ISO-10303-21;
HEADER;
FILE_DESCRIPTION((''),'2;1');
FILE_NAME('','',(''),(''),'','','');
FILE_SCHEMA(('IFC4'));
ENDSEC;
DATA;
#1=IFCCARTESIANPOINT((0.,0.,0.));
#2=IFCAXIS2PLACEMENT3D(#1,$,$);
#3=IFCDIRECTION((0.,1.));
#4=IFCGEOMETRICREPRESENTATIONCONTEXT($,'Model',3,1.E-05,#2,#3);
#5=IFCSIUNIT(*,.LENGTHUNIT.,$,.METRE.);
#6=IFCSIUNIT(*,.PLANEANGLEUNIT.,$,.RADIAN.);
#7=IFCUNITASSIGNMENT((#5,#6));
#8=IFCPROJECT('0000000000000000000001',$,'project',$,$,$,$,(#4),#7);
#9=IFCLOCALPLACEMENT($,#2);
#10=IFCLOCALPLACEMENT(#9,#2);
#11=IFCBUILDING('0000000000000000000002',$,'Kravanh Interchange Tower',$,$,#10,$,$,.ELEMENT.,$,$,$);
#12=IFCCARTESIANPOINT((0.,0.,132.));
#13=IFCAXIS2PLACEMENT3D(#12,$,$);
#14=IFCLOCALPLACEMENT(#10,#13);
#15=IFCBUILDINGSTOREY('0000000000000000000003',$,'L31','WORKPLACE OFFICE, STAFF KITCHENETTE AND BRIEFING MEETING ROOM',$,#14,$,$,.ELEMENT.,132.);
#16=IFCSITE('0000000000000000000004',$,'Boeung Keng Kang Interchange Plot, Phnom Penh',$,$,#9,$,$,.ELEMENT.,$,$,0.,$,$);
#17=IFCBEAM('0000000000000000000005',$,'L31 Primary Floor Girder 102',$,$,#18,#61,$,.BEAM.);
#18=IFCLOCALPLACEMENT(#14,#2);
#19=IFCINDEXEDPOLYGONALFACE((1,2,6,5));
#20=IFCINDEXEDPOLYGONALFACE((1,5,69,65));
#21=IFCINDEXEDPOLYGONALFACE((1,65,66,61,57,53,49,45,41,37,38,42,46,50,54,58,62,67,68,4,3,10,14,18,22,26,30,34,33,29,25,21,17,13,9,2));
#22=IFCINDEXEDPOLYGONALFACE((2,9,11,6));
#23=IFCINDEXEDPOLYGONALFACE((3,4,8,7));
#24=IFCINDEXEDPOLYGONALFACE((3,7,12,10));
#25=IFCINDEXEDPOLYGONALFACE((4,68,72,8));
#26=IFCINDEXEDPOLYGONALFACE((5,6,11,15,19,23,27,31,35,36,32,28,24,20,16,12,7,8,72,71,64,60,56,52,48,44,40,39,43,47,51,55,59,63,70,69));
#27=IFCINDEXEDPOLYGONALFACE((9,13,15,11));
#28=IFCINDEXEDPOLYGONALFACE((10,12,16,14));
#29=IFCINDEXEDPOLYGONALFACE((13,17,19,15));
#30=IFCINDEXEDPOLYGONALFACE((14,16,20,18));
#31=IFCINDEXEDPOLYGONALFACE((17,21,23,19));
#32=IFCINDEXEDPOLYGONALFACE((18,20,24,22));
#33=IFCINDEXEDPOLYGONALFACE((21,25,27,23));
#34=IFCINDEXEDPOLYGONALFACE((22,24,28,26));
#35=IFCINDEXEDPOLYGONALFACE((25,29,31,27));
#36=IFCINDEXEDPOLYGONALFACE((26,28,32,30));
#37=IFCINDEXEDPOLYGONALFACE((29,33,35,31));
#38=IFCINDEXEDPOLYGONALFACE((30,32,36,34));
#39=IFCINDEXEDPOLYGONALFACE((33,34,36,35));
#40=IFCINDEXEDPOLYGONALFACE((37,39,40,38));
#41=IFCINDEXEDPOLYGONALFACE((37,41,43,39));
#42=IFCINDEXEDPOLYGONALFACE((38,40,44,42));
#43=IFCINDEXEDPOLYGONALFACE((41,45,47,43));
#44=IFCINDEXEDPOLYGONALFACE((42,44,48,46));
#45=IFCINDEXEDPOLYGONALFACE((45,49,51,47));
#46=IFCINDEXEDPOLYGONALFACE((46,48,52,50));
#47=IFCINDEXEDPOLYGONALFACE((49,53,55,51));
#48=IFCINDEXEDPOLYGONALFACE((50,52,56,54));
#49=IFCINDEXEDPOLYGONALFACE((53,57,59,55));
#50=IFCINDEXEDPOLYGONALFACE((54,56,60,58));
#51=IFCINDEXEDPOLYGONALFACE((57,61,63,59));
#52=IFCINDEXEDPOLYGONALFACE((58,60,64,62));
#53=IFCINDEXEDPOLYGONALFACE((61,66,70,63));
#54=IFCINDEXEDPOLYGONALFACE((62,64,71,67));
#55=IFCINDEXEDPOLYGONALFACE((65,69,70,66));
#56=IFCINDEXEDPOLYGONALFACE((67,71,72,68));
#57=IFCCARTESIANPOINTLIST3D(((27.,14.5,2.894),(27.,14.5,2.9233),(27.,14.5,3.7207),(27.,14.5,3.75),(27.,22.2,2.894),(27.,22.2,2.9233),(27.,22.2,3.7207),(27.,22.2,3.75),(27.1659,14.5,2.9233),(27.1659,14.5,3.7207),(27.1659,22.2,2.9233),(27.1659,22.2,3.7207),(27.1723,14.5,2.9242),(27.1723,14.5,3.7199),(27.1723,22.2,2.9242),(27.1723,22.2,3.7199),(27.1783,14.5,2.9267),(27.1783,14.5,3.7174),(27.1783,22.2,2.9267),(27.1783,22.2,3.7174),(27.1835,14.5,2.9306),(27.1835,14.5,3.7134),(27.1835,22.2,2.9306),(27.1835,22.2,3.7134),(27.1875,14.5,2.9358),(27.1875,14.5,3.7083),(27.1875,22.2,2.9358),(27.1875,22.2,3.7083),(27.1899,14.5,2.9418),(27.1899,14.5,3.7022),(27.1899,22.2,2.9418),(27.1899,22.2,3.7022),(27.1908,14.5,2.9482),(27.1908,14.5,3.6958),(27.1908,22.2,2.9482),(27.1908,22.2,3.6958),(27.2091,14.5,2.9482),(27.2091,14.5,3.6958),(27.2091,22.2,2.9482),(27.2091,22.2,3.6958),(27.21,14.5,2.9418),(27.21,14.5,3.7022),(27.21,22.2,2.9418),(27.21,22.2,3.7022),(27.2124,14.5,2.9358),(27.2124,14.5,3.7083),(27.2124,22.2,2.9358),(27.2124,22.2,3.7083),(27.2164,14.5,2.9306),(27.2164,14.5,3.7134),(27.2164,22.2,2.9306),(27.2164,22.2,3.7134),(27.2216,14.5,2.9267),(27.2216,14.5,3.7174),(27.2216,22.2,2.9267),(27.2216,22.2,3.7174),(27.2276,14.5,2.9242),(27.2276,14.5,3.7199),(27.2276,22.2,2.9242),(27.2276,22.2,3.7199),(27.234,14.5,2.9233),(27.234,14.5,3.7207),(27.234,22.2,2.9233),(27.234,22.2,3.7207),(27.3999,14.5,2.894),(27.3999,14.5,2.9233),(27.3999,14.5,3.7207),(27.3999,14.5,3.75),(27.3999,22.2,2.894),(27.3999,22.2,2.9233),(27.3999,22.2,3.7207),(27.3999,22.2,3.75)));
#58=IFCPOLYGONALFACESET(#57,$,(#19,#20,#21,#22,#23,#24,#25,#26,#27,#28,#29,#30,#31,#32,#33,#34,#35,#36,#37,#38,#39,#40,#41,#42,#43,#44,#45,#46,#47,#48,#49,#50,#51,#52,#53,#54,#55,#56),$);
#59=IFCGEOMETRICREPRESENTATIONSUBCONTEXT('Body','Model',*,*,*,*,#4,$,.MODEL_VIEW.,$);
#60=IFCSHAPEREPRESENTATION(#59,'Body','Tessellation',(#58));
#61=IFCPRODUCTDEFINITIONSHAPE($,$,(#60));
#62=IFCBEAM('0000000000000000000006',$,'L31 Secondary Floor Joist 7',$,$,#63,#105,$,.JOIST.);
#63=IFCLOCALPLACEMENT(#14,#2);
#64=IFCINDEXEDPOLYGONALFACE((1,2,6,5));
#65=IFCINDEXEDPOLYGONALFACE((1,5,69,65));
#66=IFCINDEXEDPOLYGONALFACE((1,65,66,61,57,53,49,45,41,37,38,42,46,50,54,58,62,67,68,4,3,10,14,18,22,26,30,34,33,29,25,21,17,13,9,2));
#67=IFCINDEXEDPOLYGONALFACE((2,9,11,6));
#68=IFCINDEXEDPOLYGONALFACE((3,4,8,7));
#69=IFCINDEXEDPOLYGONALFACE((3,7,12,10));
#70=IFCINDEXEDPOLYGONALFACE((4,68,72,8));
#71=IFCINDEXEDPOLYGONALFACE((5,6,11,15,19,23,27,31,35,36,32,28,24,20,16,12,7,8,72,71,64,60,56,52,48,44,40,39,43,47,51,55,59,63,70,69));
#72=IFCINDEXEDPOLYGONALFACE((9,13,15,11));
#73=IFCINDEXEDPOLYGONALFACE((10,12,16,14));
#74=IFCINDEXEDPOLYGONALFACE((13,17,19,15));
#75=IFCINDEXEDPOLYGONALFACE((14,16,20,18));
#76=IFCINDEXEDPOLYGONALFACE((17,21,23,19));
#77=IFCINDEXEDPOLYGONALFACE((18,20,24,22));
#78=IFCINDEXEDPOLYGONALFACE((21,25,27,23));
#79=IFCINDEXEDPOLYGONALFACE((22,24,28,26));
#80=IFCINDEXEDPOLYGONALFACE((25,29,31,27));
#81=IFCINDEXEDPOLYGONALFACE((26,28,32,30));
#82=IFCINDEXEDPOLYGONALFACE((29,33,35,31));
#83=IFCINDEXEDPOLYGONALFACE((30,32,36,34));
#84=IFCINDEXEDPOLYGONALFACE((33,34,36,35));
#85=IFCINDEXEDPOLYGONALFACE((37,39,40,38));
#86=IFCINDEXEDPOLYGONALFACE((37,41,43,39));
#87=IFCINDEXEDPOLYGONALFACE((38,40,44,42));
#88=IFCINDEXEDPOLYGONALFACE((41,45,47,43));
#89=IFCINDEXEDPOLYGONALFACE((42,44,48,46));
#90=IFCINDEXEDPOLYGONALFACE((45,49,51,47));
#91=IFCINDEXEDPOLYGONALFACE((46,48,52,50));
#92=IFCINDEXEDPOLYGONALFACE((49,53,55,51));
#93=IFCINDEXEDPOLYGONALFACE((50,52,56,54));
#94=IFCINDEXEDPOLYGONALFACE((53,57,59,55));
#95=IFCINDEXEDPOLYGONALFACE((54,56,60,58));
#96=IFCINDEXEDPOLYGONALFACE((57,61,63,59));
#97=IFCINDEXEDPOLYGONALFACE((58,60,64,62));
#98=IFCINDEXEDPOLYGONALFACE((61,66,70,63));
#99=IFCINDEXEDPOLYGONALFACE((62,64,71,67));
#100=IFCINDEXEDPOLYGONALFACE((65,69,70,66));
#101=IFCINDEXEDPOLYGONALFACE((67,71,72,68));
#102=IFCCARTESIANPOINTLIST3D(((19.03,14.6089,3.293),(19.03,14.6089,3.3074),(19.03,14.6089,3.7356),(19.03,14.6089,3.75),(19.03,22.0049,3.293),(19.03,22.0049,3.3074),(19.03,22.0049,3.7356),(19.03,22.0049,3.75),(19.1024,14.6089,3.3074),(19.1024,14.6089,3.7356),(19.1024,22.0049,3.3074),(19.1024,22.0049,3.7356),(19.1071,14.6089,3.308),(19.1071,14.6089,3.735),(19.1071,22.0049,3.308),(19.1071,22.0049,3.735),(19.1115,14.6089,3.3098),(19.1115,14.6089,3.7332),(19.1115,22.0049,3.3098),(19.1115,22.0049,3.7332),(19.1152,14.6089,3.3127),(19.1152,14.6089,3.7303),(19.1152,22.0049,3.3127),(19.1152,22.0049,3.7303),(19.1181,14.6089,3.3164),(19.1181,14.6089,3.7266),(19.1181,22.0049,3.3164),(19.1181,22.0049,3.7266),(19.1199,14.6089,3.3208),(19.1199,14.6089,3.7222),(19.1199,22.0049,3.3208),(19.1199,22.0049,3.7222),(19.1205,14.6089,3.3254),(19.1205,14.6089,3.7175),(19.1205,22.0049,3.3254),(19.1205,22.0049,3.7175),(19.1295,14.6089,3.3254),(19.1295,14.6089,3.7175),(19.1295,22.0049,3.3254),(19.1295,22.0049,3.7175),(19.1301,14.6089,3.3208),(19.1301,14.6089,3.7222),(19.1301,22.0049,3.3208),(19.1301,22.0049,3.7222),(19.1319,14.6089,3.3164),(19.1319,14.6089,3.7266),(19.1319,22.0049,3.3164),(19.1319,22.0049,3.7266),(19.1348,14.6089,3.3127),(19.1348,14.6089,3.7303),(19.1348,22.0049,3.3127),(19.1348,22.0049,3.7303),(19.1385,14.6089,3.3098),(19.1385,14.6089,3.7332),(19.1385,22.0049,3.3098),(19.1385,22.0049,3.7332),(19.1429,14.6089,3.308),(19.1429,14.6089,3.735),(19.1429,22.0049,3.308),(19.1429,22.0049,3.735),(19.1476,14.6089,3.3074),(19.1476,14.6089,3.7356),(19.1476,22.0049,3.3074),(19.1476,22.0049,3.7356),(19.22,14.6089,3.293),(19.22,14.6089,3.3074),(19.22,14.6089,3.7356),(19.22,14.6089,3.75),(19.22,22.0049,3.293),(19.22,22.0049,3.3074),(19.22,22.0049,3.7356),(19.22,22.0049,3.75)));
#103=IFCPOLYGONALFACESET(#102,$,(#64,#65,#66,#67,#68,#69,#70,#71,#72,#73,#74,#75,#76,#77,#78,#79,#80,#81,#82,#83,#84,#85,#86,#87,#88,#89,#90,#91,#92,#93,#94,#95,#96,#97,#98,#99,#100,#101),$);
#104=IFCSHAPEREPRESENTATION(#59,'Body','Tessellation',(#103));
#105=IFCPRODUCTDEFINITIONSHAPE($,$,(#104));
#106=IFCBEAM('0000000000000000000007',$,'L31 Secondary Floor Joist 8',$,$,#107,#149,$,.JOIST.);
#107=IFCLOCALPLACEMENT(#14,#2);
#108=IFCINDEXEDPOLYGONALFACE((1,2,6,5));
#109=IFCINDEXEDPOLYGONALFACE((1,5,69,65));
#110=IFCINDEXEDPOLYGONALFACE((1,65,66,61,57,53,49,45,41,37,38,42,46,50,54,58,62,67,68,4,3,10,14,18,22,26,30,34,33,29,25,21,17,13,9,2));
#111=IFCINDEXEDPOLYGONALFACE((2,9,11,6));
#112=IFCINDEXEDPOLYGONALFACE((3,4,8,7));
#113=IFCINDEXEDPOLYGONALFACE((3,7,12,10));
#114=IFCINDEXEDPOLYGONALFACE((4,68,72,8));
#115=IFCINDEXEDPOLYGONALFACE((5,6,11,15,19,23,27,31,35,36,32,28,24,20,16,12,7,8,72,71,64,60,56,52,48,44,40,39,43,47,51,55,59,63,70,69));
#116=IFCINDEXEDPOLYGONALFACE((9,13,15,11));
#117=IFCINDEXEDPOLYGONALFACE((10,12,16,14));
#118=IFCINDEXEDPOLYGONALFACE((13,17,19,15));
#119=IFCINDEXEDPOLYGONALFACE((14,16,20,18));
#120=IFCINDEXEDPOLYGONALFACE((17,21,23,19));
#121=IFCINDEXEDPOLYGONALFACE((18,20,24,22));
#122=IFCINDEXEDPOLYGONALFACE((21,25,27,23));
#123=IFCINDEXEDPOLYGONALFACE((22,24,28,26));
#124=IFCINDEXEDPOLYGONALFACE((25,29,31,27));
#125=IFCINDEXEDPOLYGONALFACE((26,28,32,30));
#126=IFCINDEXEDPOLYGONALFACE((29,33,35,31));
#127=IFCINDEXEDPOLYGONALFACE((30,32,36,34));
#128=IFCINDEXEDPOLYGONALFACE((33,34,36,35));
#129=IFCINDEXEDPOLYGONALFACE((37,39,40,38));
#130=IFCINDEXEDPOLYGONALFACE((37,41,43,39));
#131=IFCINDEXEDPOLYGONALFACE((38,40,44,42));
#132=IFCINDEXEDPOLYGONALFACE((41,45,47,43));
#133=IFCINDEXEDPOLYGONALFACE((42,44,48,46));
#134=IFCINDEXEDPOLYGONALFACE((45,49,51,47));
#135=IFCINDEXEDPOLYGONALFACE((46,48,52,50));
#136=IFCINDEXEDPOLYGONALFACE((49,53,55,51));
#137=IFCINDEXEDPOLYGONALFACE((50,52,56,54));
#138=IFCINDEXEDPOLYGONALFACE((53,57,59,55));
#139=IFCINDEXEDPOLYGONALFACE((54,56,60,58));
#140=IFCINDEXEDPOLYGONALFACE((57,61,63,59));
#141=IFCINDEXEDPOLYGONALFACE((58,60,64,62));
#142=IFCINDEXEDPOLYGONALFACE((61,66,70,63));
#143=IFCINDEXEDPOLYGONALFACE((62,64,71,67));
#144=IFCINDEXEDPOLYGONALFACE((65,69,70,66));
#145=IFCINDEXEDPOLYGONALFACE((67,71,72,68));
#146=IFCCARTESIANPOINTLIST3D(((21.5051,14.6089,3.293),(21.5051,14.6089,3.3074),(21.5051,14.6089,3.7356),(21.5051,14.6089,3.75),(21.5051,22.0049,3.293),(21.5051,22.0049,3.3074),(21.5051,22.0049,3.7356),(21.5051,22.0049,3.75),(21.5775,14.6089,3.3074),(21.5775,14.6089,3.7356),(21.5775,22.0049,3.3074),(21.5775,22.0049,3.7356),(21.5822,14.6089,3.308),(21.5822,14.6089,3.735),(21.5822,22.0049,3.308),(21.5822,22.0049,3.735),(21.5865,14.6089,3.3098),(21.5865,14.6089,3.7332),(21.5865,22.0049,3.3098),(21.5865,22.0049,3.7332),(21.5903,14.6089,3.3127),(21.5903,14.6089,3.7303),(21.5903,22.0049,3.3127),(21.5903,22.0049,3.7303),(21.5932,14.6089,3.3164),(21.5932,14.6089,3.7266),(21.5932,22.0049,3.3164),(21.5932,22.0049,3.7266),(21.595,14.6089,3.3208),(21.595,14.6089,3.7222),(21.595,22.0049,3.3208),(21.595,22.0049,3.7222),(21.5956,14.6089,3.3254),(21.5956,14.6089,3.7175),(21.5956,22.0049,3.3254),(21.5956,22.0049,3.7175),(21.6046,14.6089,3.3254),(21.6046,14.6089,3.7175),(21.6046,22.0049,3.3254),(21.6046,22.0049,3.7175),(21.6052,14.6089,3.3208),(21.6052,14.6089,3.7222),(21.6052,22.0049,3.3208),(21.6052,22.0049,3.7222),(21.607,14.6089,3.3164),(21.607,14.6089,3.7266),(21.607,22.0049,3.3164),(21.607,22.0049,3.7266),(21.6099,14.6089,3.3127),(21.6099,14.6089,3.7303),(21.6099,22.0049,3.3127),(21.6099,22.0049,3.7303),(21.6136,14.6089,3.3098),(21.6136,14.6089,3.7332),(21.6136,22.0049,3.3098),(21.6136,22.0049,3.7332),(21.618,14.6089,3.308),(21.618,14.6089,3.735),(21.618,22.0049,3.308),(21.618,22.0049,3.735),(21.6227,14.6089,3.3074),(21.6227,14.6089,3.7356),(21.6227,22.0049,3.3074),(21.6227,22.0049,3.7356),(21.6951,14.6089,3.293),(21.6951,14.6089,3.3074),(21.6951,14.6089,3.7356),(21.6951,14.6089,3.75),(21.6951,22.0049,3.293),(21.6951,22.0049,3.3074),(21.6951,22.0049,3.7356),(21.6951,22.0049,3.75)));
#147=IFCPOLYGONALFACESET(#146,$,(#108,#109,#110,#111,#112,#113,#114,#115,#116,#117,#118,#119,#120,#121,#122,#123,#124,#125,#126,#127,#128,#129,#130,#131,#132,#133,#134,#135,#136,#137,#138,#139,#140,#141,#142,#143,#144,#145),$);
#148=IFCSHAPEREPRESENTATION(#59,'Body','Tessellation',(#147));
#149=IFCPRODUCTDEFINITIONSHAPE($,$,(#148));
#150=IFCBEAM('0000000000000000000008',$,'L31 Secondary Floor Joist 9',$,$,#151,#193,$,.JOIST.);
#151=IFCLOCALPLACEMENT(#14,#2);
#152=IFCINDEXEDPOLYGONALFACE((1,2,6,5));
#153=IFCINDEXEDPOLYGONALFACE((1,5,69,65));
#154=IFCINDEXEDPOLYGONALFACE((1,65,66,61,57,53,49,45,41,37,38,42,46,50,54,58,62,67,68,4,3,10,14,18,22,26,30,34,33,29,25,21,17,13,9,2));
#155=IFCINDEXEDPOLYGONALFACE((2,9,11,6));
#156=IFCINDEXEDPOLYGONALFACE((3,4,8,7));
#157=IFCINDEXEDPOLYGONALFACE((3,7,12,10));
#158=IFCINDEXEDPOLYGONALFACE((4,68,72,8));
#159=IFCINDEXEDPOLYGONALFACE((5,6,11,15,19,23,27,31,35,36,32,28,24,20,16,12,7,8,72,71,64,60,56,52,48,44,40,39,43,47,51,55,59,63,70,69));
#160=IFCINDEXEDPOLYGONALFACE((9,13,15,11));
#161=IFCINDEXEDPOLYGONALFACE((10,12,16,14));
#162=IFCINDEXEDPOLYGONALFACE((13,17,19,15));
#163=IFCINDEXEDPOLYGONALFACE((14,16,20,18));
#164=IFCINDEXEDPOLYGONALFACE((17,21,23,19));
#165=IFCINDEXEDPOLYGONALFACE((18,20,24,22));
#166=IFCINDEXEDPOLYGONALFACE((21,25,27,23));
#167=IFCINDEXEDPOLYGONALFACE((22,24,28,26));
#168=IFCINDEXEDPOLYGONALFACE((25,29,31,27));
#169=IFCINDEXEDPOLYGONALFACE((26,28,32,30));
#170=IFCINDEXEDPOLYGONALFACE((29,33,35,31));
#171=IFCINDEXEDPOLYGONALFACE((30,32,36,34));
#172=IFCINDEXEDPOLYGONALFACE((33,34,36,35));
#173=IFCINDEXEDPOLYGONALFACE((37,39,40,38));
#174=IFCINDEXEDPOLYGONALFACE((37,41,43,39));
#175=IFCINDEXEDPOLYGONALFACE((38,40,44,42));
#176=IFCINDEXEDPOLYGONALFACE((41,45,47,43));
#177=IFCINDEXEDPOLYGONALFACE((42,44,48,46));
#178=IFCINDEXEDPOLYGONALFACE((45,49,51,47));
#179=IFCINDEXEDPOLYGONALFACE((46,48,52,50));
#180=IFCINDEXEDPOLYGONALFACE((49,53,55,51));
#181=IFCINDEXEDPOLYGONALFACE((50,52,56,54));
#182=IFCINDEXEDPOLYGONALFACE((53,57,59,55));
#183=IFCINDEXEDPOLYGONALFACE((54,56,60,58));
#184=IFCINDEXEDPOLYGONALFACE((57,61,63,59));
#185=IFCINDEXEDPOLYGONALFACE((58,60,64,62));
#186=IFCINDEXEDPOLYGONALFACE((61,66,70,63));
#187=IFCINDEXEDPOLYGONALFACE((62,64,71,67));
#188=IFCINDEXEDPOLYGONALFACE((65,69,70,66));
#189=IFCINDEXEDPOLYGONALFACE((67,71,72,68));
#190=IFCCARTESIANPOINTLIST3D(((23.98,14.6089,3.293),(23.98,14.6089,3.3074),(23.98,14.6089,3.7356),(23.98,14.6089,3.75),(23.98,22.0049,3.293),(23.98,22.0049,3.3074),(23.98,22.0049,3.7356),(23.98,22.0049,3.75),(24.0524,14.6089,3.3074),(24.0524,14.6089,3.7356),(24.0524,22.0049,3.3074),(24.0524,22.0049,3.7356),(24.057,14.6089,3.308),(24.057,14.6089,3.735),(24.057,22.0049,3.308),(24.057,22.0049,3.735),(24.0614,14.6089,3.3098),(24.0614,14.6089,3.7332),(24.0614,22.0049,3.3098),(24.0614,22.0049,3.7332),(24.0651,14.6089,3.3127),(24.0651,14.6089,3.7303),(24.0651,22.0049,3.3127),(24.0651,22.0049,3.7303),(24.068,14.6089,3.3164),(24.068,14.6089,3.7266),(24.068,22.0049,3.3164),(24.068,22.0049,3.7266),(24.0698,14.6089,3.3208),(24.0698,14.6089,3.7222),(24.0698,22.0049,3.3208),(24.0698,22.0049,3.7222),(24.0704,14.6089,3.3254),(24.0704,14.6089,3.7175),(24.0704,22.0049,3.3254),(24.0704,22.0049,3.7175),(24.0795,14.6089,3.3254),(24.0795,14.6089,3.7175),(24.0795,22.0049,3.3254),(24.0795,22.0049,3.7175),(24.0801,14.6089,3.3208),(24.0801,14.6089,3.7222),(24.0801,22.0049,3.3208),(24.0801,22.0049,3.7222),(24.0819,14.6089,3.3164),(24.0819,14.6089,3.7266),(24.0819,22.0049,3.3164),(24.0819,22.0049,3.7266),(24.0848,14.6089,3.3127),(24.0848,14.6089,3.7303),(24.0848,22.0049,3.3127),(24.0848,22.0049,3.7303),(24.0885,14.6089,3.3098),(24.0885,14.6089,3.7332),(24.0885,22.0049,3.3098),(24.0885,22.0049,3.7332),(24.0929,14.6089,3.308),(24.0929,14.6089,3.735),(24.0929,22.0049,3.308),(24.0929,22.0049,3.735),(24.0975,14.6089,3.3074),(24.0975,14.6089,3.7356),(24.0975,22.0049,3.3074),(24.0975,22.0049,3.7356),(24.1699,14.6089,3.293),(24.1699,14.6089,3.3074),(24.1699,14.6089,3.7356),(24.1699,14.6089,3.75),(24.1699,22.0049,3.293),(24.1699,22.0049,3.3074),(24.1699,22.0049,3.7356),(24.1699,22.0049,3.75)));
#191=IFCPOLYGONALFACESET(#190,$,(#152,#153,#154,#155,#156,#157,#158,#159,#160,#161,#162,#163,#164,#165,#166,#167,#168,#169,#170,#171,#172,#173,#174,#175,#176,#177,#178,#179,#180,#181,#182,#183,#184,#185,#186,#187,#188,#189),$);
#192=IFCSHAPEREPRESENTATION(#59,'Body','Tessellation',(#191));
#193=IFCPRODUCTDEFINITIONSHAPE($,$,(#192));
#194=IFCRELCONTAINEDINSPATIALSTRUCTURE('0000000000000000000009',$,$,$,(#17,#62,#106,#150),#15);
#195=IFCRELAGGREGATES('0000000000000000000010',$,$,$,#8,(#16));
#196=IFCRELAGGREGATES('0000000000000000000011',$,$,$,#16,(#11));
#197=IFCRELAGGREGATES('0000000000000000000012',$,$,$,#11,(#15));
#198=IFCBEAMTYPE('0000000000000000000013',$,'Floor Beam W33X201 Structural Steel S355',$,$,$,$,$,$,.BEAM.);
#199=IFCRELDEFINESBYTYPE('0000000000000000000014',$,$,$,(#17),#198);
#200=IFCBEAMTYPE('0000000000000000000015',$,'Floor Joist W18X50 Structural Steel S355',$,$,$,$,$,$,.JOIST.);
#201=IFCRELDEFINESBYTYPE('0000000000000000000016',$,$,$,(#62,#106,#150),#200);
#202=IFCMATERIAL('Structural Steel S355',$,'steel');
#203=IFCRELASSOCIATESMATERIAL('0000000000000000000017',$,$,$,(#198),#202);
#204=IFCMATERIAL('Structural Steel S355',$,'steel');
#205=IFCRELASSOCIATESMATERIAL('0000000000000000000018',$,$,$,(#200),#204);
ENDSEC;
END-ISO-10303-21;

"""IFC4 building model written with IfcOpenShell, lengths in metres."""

from ifc_helpers import new_model, si_unit, direction, frame, origin, origin_2d, place, context, subcontext, project, spatial, i_section, extrude, material, material_profile, profile_set, type_object, element, save


model = new_model("IFC4")

# Units and contexts
model_context = context("Model", 3, precision=1e-05, world=origin(), true_north=direction((0.0, 1.0)))
body_context = subcontext(model_context, "Body", "Model", "MODEL_VIEW")
ifc_project = project(units=[si_unit("LENGTHUNIT", "METRE"), si_unit("PLANEANGLEUNIT", "RADIAN")], contexts=[model_context])

# Site, building, storey
site_placement = place(None, origin())
site = spatial("IfcSite", under=ifc_project, at=site_placement, Name="Boeung Keng Kang Interchange Plot, Phnom Penh", CompositionType="ELEMENT", RefElevation=0.0)
building_placement = place(site_placement, origin())
building = spatial("IfcBuilding", under=site, at=building_placement, Name="Kravanh Interchange Tower", CompositionType="ELEMENT")
storey_placement = place(building_placement, frame((0.0, 0.0, 132.0)))
storey = spatial("IfcBuildingStorey", under=building, at=storey_placement, Name="L31", Description="WORKPLACE OFFICE, STAFF KITCHENETTE AND BRIEFING MEETING ROOM", CompositionType="ELEMENT", Elevation=132.0)

# Beams
ifc_material_1 = material(Name="Structural Steel S355", Category="steel")
ifc_material_profile_1 = material_profile(ifc_material_1, i_section(OverallWidth=0.3999, OverallDepth=0.856, WebThickness=0.0183, FlangeThickness=0.0293, FilletRadius=0.0249, at=origin_2d()), Name="W33X201")
ifc_profile_set_1 = profile_set([ifc_material_profile_1], Name="Structural Steel S355")
beam_type_1 = type_object("IfcBeamType", Name="Floor Beam W33X201 Structural Steel S355", PredefinedType="BEAM", material=ifc_profile_set_1)
beam_1_placement = place(storey_placement, frame((27.2, 14.5, 3.322), z_axis=(0.0, 1.0, 0.0), x_axis=(-1.0, 0.0, 0.0)))
element("IfcBeam", 1, at=beam_1_placement, inside=storey, type_object=beam_type_1, Name="L31 Primary Floor Girder 102", PredefinedType="BEAM", context=body_context, shape_type="SweptSolid", body=[
    extrude(i_section(OverallWidth=0.3999, OverallDepth=0.856, WebThickness=0.0183, FlangeThickness=0.0293, FilletRadius=0.0249, at=origin_2d()), origin(), (0.0, 0.0, 1.0), 7.7),
])
ifc_material_2 = material(Name="Structural Steel S355", Category="steel")
ifc_material_profile_2 = material_profile(ifc_material_2, i_section(OverallWidth=0.1899, OverallDepth=0.457, WebThickness=0.009, FlangeThickness=0.0144, FilletRadius=0.0181, at=origin_2d()), Name="W18X50")
ifc_profile_set_2 = profile_set([ifc_material_profile_2], Name="Structural Steel S355")
beam_type_2 = type_object("IfcBeamType", Name="Floor Joist W18X50 Structural Steel S355", PredefinedType="JOIST", material=ifc_profile_set_2)
for number, where, z_axis, x_axis, name in (
    (2, (19.125, 14.6089, 3.5215), (0.0, 1.0, 0.0), (-1.0, 0.0, 0.0), "L31 Secondary Floor Joist 7"),
    (3, (21.6001, 14.6089, 3.5215), (0.0, 1.0, 0.0), (-1.0, 0.0, 0.0), "L31 Secondary Floor Joist 8"),
    (4, (24.075, 14.6089, 3.5215), (0.0, 1.0, 0.0), (-1.0, 0.0, 0.0), "L31 Secondary Floor Joist 9"),
):
    element("IfcBeam", number, at=place(storey_placement, frame(where, z_axis=z_axis, x_axis=x_axis)), inside=storey, type_object=beam_type_2, Name=name, PredefinedType="JOIST", context=body_context, shape_type="SweptSolid", body=[
        extrude(i_section(OverallWidth=0.1899, OverallDepth=0.457, WebThickness=0.009, FlangeThickness=0.0144, FilletRadius=0.0181, at=origin_2d()), origin(), (0.0, 0.0, 1.0), 7.396),
    ])

save(model, "model.ifc")
